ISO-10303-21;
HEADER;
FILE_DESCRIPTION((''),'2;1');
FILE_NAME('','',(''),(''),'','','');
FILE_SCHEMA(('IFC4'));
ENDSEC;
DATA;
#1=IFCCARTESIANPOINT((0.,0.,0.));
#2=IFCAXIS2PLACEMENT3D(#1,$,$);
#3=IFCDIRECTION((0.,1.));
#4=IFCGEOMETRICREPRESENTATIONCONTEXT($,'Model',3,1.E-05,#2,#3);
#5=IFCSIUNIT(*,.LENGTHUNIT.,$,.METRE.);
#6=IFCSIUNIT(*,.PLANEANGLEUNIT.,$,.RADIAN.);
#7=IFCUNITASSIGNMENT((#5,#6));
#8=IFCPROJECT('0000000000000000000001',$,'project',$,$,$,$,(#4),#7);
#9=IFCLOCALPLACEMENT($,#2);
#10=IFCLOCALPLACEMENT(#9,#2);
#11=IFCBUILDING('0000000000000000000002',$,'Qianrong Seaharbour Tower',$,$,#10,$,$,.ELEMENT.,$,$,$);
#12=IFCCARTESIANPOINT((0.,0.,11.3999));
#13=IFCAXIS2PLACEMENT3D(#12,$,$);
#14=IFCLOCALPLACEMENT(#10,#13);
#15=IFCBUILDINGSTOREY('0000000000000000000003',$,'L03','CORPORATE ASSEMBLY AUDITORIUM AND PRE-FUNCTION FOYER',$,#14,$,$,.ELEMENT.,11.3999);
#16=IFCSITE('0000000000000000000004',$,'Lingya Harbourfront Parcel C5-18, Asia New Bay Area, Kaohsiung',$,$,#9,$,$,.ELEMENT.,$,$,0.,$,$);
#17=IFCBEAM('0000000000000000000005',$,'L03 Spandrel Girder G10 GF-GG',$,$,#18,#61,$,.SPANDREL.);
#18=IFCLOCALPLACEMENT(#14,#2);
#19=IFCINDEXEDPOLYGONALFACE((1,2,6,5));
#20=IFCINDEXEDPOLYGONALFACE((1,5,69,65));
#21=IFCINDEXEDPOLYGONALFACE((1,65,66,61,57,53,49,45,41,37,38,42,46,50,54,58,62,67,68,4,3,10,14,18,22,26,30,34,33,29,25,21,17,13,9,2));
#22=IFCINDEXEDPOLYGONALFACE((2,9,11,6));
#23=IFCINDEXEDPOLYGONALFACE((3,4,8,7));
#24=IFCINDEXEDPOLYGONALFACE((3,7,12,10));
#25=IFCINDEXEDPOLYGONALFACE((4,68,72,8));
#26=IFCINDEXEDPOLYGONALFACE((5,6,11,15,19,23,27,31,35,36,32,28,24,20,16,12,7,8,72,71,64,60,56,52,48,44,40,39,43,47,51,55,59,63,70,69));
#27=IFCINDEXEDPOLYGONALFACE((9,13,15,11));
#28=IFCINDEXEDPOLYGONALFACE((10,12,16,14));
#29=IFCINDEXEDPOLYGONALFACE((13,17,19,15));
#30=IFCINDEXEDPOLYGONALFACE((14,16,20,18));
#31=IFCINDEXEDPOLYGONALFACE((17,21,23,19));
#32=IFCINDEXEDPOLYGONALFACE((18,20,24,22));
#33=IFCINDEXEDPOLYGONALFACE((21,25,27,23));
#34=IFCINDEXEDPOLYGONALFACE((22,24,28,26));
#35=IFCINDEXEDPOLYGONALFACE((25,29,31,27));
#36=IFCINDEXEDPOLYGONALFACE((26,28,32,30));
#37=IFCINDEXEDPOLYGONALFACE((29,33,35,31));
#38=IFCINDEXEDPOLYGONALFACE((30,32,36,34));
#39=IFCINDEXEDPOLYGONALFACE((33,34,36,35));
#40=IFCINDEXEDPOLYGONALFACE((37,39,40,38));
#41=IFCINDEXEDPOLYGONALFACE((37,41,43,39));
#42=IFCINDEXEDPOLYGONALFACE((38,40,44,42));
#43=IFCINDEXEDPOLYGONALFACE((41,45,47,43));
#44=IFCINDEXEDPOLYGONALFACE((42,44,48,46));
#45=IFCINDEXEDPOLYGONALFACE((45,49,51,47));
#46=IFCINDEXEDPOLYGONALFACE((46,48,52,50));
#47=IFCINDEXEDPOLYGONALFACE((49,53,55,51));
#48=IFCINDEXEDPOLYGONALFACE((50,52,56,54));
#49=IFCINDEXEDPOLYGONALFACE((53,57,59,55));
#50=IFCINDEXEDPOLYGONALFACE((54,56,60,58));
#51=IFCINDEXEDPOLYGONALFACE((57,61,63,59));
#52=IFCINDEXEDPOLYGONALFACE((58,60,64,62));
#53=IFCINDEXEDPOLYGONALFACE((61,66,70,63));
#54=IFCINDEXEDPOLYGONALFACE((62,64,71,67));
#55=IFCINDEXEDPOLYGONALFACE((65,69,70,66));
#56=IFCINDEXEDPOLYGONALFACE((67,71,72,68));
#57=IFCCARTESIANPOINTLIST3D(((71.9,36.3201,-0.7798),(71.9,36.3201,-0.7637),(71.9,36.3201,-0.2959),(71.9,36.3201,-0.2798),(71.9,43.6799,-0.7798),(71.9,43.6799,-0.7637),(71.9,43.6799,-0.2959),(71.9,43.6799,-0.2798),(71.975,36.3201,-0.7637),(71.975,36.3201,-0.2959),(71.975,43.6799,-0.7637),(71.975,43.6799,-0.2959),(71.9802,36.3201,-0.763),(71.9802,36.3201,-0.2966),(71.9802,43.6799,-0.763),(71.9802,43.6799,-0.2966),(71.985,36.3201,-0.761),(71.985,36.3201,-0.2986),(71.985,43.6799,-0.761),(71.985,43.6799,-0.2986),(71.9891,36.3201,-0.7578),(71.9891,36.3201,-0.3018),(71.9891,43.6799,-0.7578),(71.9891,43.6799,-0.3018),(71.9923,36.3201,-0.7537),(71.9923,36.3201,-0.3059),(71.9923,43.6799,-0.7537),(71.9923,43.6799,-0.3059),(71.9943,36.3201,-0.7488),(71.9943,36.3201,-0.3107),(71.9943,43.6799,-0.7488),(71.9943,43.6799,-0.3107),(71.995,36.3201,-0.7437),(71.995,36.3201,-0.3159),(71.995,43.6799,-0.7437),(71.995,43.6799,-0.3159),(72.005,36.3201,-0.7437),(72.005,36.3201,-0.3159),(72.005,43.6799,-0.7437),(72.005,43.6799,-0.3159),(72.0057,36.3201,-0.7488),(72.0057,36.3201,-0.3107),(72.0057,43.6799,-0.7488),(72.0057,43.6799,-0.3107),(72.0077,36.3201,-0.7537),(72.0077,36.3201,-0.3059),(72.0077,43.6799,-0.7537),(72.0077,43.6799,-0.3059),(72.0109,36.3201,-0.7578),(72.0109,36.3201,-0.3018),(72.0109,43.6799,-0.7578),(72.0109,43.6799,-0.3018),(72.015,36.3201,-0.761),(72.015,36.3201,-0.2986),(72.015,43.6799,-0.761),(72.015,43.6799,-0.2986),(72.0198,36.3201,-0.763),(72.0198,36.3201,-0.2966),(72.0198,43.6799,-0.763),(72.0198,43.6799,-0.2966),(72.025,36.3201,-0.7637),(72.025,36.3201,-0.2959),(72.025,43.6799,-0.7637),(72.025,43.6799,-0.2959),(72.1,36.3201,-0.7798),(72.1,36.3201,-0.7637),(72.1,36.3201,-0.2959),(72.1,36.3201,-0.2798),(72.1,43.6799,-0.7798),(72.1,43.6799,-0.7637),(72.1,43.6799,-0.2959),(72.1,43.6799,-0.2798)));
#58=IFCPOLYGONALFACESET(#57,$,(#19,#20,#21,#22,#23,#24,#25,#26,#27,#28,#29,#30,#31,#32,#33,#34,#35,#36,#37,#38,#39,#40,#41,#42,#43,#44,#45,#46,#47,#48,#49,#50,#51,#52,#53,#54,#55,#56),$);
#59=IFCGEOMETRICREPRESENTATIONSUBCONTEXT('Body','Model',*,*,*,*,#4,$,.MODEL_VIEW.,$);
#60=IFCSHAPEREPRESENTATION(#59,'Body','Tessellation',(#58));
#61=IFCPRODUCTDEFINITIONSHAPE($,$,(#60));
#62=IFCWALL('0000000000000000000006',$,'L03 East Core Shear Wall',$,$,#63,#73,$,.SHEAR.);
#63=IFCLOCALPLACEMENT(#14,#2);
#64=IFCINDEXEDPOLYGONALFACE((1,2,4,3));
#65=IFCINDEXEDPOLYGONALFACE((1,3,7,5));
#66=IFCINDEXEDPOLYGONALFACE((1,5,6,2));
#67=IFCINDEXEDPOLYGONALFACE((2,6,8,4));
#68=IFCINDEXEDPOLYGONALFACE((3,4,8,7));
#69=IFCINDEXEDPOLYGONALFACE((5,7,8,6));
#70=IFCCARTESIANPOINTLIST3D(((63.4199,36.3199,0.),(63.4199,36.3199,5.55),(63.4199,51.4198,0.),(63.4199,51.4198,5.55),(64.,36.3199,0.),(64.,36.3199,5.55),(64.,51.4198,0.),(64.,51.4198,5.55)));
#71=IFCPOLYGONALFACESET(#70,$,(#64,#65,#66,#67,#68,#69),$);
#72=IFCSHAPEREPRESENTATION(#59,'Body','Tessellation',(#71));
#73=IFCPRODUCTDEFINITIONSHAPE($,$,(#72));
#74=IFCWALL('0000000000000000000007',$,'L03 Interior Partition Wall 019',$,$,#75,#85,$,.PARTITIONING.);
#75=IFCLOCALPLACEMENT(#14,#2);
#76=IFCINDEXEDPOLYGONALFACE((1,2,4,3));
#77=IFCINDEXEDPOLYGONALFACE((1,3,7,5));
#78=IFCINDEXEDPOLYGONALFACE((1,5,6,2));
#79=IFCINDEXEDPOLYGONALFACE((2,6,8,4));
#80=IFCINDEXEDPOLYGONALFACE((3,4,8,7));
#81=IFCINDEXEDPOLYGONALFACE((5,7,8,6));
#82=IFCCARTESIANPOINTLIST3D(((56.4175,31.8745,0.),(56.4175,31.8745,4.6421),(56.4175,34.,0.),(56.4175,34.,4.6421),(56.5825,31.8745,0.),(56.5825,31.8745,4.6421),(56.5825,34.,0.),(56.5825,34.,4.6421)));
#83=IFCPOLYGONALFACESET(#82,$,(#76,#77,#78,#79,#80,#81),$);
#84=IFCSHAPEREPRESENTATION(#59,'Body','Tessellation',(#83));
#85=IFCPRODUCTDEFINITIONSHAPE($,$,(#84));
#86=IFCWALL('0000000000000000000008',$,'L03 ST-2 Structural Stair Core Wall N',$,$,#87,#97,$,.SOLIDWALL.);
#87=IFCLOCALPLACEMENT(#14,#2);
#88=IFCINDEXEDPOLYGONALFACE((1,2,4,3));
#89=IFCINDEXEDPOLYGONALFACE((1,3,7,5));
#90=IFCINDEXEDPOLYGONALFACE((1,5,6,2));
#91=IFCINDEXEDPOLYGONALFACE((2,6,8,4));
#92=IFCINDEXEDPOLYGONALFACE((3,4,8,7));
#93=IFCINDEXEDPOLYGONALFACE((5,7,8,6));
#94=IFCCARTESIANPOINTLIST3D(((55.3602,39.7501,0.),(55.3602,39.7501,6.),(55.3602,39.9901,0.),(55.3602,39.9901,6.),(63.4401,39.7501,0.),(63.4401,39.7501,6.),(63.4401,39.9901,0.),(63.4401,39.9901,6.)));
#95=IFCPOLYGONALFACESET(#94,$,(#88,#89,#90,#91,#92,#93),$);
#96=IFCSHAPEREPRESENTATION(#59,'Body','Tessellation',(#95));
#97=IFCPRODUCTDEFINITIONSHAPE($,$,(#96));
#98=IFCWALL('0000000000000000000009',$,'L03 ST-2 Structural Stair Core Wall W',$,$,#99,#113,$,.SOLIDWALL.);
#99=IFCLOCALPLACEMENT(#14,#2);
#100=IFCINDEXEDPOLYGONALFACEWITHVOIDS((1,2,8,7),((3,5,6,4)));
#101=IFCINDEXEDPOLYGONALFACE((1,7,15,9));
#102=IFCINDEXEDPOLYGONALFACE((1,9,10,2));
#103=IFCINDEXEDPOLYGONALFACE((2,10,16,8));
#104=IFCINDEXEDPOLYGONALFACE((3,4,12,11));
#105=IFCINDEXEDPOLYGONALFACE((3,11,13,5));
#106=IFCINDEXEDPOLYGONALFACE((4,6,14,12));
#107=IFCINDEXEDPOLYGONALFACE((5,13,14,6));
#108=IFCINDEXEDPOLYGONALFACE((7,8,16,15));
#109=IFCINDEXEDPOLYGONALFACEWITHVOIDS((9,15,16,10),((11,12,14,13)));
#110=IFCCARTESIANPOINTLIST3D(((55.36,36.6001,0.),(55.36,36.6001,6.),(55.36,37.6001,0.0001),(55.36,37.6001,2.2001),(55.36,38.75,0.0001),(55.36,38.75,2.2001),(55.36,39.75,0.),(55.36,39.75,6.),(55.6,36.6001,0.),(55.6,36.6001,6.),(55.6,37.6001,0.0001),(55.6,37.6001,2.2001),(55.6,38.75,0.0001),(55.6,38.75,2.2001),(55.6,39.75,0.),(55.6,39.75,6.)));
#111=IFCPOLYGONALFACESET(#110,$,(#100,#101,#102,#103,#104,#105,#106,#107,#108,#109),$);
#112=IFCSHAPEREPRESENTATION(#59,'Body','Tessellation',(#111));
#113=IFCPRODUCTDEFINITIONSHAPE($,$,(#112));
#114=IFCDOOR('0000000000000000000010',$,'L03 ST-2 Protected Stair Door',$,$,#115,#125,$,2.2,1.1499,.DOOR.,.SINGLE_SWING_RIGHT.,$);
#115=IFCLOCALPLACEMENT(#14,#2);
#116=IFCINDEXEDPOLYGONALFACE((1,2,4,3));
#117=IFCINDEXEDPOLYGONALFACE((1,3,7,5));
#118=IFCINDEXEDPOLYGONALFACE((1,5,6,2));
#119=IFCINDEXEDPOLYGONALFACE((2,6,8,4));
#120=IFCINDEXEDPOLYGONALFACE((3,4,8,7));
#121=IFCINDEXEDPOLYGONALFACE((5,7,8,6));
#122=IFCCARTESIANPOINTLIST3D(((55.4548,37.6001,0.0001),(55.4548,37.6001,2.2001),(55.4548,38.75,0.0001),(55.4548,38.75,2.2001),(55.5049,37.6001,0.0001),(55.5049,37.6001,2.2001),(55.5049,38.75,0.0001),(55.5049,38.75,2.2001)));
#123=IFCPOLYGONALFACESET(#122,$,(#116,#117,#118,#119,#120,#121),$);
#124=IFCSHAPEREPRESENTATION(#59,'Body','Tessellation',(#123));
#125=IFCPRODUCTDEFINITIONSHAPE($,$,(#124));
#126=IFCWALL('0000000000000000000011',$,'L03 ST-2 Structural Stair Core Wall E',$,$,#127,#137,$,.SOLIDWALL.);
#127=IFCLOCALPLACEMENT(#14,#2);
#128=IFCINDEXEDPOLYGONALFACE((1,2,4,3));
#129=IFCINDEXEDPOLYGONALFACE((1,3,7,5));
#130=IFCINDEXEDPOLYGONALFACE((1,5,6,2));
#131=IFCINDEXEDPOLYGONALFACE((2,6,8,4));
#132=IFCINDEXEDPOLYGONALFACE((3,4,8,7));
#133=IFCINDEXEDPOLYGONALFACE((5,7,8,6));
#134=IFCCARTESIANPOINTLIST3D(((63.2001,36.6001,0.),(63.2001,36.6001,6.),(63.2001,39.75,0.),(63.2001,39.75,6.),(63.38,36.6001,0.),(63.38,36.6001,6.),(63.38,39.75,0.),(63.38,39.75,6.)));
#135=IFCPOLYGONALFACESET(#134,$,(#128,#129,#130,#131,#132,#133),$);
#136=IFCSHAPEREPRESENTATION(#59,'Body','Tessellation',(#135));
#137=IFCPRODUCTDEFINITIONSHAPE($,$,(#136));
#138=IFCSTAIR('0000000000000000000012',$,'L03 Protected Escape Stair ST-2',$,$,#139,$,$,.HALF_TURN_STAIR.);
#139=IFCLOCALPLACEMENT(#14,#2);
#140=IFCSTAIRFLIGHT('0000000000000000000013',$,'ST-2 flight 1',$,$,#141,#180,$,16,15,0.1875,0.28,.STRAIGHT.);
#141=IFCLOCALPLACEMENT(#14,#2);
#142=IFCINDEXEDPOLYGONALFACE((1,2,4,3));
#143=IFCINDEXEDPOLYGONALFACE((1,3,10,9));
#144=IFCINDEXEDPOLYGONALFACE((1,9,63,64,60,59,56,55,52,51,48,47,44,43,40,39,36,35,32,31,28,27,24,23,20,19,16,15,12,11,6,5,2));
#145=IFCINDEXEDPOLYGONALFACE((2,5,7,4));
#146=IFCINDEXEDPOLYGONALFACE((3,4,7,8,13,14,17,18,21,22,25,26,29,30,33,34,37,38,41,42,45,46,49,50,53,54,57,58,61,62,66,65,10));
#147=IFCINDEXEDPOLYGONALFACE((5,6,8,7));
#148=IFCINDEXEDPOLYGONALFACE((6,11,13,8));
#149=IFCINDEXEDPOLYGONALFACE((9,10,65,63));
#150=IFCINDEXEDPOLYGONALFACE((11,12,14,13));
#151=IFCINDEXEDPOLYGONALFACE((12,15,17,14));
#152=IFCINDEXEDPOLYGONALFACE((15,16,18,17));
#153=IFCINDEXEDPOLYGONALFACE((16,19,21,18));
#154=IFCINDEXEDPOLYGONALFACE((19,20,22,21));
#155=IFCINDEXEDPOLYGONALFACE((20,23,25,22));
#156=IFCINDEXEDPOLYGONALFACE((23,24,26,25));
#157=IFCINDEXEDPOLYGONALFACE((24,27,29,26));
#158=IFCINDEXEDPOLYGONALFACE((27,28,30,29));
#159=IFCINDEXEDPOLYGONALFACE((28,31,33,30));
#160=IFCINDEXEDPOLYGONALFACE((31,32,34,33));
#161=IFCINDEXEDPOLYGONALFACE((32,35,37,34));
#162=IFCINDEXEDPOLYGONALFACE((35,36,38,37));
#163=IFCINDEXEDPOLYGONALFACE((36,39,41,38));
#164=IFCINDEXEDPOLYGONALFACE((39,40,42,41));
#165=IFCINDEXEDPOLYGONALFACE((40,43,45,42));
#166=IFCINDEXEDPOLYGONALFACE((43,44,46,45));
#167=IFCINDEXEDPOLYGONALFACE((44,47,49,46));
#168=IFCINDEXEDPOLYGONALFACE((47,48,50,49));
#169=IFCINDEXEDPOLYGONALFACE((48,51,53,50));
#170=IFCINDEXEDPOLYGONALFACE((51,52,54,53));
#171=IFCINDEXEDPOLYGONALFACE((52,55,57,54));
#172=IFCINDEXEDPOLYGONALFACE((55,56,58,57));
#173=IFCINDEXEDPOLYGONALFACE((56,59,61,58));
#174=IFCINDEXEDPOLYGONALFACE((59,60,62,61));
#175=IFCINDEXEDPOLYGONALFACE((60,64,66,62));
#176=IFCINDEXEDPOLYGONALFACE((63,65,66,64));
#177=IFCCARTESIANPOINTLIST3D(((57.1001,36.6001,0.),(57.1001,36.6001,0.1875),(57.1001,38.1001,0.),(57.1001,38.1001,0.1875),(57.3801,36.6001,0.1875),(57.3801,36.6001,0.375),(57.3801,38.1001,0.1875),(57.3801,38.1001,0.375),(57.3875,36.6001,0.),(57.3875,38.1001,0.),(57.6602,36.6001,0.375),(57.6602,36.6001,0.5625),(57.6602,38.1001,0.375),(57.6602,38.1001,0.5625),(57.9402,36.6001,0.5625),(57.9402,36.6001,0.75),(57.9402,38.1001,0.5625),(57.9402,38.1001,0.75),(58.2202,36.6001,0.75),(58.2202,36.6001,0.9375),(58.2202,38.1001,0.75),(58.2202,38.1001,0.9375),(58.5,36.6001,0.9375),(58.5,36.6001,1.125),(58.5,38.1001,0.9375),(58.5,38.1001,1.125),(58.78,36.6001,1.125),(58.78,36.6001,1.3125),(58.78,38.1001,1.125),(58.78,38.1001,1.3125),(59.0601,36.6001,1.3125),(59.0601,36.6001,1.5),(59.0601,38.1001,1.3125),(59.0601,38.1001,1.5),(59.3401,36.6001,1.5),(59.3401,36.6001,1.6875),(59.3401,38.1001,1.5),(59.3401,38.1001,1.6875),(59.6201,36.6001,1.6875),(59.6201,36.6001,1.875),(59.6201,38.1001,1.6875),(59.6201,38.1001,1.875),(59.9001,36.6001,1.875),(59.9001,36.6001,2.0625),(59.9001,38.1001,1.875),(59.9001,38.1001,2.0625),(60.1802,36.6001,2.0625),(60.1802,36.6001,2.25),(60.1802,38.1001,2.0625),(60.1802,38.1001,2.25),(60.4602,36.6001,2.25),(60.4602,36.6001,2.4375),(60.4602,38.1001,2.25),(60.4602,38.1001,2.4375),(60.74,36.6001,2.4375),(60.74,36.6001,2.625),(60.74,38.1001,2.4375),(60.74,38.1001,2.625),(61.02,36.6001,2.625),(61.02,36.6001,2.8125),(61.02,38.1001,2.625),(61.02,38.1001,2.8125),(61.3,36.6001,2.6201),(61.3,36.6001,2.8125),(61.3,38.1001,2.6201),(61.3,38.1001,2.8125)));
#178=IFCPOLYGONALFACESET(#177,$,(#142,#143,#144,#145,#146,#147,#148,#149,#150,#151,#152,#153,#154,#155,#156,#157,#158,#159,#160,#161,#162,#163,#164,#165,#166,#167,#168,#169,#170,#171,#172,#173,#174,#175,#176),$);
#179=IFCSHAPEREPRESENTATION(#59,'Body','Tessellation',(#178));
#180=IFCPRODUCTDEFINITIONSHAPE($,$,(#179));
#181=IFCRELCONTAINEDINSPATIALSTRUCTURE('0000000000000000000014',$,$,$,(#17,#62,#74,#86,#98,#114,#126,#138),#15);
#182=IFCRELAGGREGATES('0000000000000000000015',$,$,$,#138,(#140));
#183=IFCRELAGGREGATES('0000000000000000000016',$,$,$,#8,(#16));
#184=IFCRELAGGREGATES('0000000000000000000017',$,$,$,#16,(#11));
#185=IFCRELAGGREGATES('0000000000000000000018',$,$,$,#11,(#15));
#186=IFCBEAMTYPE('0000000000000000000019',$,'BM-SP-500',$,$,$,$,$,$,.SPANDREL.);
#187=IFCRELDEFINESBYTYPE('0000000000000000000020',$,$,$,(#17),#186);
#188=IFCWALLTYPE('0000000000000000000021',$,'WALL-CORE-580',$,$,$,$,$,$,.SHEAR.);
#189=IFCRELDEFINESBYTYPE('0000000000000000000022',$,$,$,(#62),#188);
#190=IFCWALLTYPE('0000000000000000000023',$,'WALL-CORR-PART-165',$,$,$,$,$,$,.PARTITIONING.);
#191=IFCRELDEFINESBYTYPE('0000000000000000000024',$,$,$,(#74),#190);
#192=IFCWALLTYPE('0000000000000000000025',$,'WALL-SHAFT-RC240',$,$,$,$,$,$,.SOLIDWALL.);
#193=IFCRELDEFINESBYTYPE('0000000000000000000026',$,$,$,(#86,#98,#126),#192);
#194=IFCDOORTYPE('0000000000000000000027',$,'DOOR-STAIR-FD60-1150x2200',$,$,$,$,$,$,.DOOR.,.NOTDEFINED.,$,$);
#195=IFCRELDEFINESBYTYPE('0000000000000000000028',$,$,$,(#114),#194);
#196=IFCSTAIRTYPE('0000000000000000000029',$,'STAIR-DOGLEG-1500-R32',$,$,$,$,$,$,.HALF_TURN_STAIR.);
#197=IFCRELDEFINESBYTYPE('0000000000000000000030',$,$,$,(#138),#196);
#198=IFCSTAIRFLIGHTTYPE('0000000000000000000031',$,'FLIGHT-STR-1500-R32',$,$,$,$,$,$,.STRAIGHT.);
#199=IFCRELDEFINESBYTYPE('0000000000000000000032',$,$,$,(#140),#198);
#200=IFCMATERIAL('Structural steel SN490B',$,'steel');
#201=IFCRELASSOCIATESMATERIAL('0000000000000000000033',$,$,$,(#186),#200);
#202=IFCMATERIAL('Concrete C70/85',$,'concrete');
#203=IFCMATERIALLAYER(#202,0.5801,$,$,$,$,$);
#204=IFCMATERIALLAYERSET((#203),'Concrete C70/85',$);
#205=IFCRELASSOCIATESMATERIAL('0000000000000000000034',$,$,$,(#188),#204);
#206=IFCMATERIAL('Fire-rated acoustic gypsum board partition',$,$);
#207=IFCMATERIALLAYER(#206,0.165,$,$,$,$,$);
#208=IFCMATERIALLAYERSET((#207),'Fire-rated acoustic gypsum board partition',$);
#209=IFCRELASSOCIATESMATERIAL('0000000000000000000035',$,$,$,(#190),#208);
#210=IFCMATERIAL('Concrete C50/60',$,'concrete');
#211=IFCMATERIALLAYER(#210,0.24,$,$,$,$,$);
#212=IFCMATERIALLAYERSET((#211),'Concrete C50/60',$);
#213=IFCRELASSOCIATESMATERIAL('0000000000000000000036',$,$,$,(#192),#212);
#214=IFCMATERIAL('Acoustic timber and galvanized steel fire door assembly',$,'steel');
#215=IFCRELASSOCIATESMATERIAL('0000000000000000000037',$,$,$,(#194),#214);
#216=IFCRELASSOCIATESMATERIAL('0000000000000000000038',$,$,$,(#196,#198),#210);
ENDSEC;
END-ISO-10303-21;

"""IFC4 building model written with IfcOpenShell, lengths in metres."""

from ifc_helpers import new_model, si_unit, direction, frame, frame_2d, origin, origin_2d, place, context, subcontext, project, spatial, polyline, rectangle, i_section, outline, extrude, material, layer, layer_set, material_profile, profile_set, type_object, element, fill, aggregate, save


model = new_model("IFC4")

# Units and contexts
model_context = context("Model", 3, precision=1e-05, world=origin(), true_north=direction((0.0, 1.0)))
body_context = subcontext(model_context, "Body", "Model", "MODEL_VIEW")
ifc_project = project(units=[si_unit("LENGTHUNIT", "METRE"), si_unit("PLANEANGLEUNIT", "RADIAN")], contexts=[model_context])

# Site, building, storey
site_placement = place(None, origin())
site = spatial("IfcSite", under=ifc_project, at=site_placement, Name="Lingya Harbourfront Parcel C5-18, Asia New Bay Area, Kaohsiung", CompositionType="ELEMENT", RefElevation=0.0)
building_placement = place(site_placement, origin())
building = spatial("IfcBuilding", under=site, at=building_placement, Name="Qianrong Seaharbour Tower", CompositionType="ELEMENT")
storey_placement = place(building_placement, frame((0.0, 0.0, 11.3999)))
storey = spatial("IfcBuildingStorey", under=building, at=storey_placement, Name="L03", Description="CORPORATE ASSEMBLY AUDITORIUM AND PRE-FUNCTION FOYER", CompositionType="ELEMENT", Elevation=11.3999)

# Shared definitions
ifc_material_1 = material(Name="Structural steel SN490B", Category="steel")
ifc_material_2 = material(Name="Concrete C70/85", Category="concrete")

# Beam
ifc_material_profile_1 = material_profile(ifc_material_1, i_section(OverallWidth=0.2, OverallDepth=0.5, WebThickness=0.01, FlangeThickness=0.0161, FilletRadius=0.02, at=origin_2d()), Name="H500x200x10x16")
ifc_profile_set_1 = profile_set([ifc_material_profile_1], Name="Structural steel SN490B")
beam_type_1 = type_object("IfcBeamType", Name="BM-SP-500", PredefinedType="SPANDREL", material=ifc_profile_set_1)
beam_1_placement = place(storey_placement, frame((72.0, 36.3201, -0.5298), z_axis=(0.0, 1.0, 0.0), x_axis=(-1.0, 0.0, 0.0)))
element("IfcBeam", 1, at=beam_1_placement, inside=storey, type_object=beam_type_1, Name="L03 Spandrel Girder G10 GF-GG", PredefinedType="SPANDREL", context=body_context, shape_type="SweptSolid", body=[
    extrude(i_section(OverallWidth=0.2, OverallDepth=0.5, WebThickness=0.01, FlangeThickness=0.0161, FilletRadius=0.02, at=origin_2d()), origin(), (0.0, 0.0, 1.0), 7.3599),
])

# Walls
ifc_layer_1 = layer(ifc_material_2, 0.5801)
ifc_layer_set_1 = layer_set([ifc_layer_1], Name="Concrete C70/85")
wall_type_1 = type_object("IfcWallType", Name="WALL-CORE-580", PredefinedType="SHEAR", material=ifc_layer_set_1)
wall_1_placement = place(storey_placement, frame((63.71, 36.3201, 0.0), z_axis=(0.0, 0.0, 1.0), x_axis=(0.0, 1.0, 0.0)))
element("IfcWall", 2, at=wall_1_placement, inside=storey, type_object=wall_type_1, Name="L03 East Core Shear Wall", PredefinedType="SHEAR", context=body_context, shape_type="SweptSolid", body=[
    extrude(rectangle(XDim=15.0999, YDim=0.5801, at=frame_2d((7.5498, 0.0))), origin(), (0.0, 0.0, 1.0), 5.55),
])
ifc_material_3 = material(Name="Fire-rated acoustic gypsum board partition")
ifc_layer_2 = layer(ifc_material_3, 0.165)
ifc_layer_set_2 = layer_set([ifc_layer_2], Name="Fire-rated acoustic gypsum board partition")
wall_type_2 = type_object("IfcWallType", Name="WALL-CORR-PART-165", PredefinedType="PARTITIONING", material=ifc_layer_set_2)
wall_2_placement = place(storey_placement, frame((56.5, 34.0, 0.0), z_axis=(0.0, 0.0, 1.0), x_axis=(0.0, -1.0, 0.0)))
element("IfcWall", 3, at=wall_2_placement, inside=storey, type_object=wall_type_2, Name="L03 Interior Partition Wall 019", PredefinedType="PARTITIONING", context=body_context, shape_type="SweptSolid", body=[
    extrude(rectangle(XDim=2.1255, YDim=0.165, at=frame_2d((1.0627, 0.0))), origin(), (0.0, 0.0, 1.0), 4.6421),
])
ifc_material_4 = material(Name="Concrete C50/60", Category="concrete")
ifc_layer_3 = layer(ifc_material_4, 0.24)
ifc_layer_set_3 = layer_set([ifc_layer_3], Name="Concrete C50/60")
wall_type_3 = type_object("IfcWallType", Name="WALL-SHAFT-RC240", PredefinedType="SOLIDWALL", material=ifc_layer_set_3)
wall_3_placement = place(storey_placement, frame((55.3601, 39.8701, 0.0), z_axis=(0.0, 0.0, 1.0), x_axis=(1.0, 0.0, 0.0)))
element("IfcWall", 4, at=wall_3_placement, inside=storey, type_object=wall_type_3, Name="L03 ST-2 Structural Stair Core Wall N", PredefinedType="SOLIDWALL", context=body_context, shape_type="SweptSolid", body=[
    extrude(rectangle(XDim=8.0798, YDim=0.24, at=frame_2d((4.04, 0.0))), origin(), (0.0, 0.0, 1.0), 6.0),
])

# Wall, opening, door
wall_4_placement = place(storey_placement, frame((55.48, 39.75, 0.0), z_axis=(0.0, 0.0, 1.0), x_axis=(0.0, -1.0, 0.0)))
wall_4 = element("IfcWall", 5, at=wall_4_placement, inside=storey, type_object=wall_type_3, Name="L03 ST-2 Structural Stair Core Wall W", PredefinedType="SOLIDWALL", context=body_context, shape_type="SweptSolid", body=[
    extrude(rectangle(XDim=3.1499, YDim=0.24, at=frame_2d((1.575, 0.0))), origin(), (0.0, 0.0, 1.0), 6.0),
])
opening_placement = place(wall_4_placement, frame((1.0, 0.0, 0.0)))
opening = element("IfcOpeningElement", 6, at=opening_placement, cuts=wall_4, PredefinedType="OPENING", context=body_context, shape_type="SweptSolid", body=[
    extrude(rectangle(XDim=1.1499, YDim=2.2, at=frame_2d((0.575, 1.1001))), frame((0.0, 0.1299, 0.0), z_axis=(0.0, -1.0, 0.0), x_axis=(1.0, 0.0, 0.0)), (0.0, 0.0, 1.0), 0.26),
])
ifc_material_5 = material(Name="Acoustic timber and galvanized steel fire door assembly", Category="steel")
door_type = type_object("IfcDoorType", Name="DOOR-STAIR-FD60-1150x2200", OperationType="NOTDEFINED", PredefinedType="DOOR", material=ifc_material_5)
door_placement = place(opening_placement, origin())
door = element("IfcDoor", 7, at=door_placement, inside=storey, type_object=door_type, Name="L03 ST-2 Protected Stair Door", OperationType="SINGLE_SWING_RIGHT", OverallHeight=2.2, OverallWidth=1.1499, PredefinedType="DOOR", context=body_context, shape_type="SweptSolid", body=[
    extrude(rectangle(XDim=1.1499, YDim=2.2, at=frame_2d((0.575, 1.1001))), frame((0.0, 0.0249, 0.0), z_axis=(0.0, -1.0, 0.0), x_axis=(1.0, 0.0, 0.0)), (0.0, 0.0, 1.0), 0.05),
])
fill(opening, door)

# Wall
wall_5_placement = place(storey_placement, frame((63.29, 36.6001, 0.0), z_axis=(0.0, 0.0, 1.0), x_axis=(0.0, 1.0, 0.0)))
element("IfcWall", 8, at=wall_5_placement, inside=storey, type_object=wall_type_3, Name="L03 ST-2 Structural Stair Core Wall E", PredefinedType="SOLIDWALL", context=body_context, shape_type="SweptSolid", body=[
    extrude(rectangle(XDim=3.1499, YDim=0.1799, at=frame_2d((1.575, 0.0))), origin(), (0.0, 0.0, 1.0), 6.0),
])

# Stair, stair flight
stair_type = type_object("IfcStairType", Name="STAIR-DOGLEG-1500-R32", PredefinedType="HALF_TURN_STAIR", material=ifc_material_4)
stair_placement = place(storey_placement, origin())
stair = element("IfcStair", 9, at=stair_placement, inside=storey, type_object=stair_type, Name="L03 Protected Escape Stair ST-2", PredefinedType="HALF_TURN_STAIR")
stair_flight_type = type_object("IfcStairFlightType", Name="FLIGHT-STR-1500-R32", PredefinedType="STRAIGHT", material=ifc_material_4)
stair_flight_1_placement = place(storey_placement, frame((57.1001, 37.3501, 0.0), z_axis=(0.0, 0.0, 1.0), x_axis=(1.0, 0.0, 0.0)))
stair_flight_1 = element("IfcStairFlight", 10, at=stair_flight_1_placement, type_object=stair_flight_type, Name="ST-2 flight 1", NumberOfRisers=16, NumberOfTreads=15, PredefinedType="STRAIGHT", RiserHeight=0.1875, TreadLength=0.28, context=body_context, shape_type="SweptSolid", body=[
    extrude(outline(polyline([(0.0, 0.0), (0.0, 0.1875), (0.28, 0.1875), (0.28, 0.375), (0.5601, 0.375), (0.5601, 0.5625), (0.8401, 0.5625), (0.8401, 0.75), (1.1201, 0.75), (1.1201, 0.9375), (1.3999, 0.9375), (1.3999, 1.125), (1.6799, 1.125), (1.6799, 1.3125), (1.96, 1.3125), (1.96, 1.5), (2.24, 1.5), (2.24, 1.6875), (2.52, 1.6875), (2.52, 1.875), (2.8, 1.875), (2.8, 2.0625), (3.0801, 2.0625), (3.0801, 2.25), (3.3601, 2.25), (3.3601, 2.4375), (3.6399, 2.4375), (3.6399, 2.625), (3.9199, 2.625), (3.9199, 2.8125), (4.2, 2.8125), (4.2, 3.0), (4.2, 2.6201), (0.2874, 0.0), (0.0, 0.0)])), frame((0.0, 0.75, 0.0), z_axis=(0.0, -1.0, 0.0), x_axis=(1.0, 0.0, 0.0)), (0.0, 0.0, 1.0), 1.5),
])
aggregate(stair, [stair_flight_1])

save(model, "model.ifc")
